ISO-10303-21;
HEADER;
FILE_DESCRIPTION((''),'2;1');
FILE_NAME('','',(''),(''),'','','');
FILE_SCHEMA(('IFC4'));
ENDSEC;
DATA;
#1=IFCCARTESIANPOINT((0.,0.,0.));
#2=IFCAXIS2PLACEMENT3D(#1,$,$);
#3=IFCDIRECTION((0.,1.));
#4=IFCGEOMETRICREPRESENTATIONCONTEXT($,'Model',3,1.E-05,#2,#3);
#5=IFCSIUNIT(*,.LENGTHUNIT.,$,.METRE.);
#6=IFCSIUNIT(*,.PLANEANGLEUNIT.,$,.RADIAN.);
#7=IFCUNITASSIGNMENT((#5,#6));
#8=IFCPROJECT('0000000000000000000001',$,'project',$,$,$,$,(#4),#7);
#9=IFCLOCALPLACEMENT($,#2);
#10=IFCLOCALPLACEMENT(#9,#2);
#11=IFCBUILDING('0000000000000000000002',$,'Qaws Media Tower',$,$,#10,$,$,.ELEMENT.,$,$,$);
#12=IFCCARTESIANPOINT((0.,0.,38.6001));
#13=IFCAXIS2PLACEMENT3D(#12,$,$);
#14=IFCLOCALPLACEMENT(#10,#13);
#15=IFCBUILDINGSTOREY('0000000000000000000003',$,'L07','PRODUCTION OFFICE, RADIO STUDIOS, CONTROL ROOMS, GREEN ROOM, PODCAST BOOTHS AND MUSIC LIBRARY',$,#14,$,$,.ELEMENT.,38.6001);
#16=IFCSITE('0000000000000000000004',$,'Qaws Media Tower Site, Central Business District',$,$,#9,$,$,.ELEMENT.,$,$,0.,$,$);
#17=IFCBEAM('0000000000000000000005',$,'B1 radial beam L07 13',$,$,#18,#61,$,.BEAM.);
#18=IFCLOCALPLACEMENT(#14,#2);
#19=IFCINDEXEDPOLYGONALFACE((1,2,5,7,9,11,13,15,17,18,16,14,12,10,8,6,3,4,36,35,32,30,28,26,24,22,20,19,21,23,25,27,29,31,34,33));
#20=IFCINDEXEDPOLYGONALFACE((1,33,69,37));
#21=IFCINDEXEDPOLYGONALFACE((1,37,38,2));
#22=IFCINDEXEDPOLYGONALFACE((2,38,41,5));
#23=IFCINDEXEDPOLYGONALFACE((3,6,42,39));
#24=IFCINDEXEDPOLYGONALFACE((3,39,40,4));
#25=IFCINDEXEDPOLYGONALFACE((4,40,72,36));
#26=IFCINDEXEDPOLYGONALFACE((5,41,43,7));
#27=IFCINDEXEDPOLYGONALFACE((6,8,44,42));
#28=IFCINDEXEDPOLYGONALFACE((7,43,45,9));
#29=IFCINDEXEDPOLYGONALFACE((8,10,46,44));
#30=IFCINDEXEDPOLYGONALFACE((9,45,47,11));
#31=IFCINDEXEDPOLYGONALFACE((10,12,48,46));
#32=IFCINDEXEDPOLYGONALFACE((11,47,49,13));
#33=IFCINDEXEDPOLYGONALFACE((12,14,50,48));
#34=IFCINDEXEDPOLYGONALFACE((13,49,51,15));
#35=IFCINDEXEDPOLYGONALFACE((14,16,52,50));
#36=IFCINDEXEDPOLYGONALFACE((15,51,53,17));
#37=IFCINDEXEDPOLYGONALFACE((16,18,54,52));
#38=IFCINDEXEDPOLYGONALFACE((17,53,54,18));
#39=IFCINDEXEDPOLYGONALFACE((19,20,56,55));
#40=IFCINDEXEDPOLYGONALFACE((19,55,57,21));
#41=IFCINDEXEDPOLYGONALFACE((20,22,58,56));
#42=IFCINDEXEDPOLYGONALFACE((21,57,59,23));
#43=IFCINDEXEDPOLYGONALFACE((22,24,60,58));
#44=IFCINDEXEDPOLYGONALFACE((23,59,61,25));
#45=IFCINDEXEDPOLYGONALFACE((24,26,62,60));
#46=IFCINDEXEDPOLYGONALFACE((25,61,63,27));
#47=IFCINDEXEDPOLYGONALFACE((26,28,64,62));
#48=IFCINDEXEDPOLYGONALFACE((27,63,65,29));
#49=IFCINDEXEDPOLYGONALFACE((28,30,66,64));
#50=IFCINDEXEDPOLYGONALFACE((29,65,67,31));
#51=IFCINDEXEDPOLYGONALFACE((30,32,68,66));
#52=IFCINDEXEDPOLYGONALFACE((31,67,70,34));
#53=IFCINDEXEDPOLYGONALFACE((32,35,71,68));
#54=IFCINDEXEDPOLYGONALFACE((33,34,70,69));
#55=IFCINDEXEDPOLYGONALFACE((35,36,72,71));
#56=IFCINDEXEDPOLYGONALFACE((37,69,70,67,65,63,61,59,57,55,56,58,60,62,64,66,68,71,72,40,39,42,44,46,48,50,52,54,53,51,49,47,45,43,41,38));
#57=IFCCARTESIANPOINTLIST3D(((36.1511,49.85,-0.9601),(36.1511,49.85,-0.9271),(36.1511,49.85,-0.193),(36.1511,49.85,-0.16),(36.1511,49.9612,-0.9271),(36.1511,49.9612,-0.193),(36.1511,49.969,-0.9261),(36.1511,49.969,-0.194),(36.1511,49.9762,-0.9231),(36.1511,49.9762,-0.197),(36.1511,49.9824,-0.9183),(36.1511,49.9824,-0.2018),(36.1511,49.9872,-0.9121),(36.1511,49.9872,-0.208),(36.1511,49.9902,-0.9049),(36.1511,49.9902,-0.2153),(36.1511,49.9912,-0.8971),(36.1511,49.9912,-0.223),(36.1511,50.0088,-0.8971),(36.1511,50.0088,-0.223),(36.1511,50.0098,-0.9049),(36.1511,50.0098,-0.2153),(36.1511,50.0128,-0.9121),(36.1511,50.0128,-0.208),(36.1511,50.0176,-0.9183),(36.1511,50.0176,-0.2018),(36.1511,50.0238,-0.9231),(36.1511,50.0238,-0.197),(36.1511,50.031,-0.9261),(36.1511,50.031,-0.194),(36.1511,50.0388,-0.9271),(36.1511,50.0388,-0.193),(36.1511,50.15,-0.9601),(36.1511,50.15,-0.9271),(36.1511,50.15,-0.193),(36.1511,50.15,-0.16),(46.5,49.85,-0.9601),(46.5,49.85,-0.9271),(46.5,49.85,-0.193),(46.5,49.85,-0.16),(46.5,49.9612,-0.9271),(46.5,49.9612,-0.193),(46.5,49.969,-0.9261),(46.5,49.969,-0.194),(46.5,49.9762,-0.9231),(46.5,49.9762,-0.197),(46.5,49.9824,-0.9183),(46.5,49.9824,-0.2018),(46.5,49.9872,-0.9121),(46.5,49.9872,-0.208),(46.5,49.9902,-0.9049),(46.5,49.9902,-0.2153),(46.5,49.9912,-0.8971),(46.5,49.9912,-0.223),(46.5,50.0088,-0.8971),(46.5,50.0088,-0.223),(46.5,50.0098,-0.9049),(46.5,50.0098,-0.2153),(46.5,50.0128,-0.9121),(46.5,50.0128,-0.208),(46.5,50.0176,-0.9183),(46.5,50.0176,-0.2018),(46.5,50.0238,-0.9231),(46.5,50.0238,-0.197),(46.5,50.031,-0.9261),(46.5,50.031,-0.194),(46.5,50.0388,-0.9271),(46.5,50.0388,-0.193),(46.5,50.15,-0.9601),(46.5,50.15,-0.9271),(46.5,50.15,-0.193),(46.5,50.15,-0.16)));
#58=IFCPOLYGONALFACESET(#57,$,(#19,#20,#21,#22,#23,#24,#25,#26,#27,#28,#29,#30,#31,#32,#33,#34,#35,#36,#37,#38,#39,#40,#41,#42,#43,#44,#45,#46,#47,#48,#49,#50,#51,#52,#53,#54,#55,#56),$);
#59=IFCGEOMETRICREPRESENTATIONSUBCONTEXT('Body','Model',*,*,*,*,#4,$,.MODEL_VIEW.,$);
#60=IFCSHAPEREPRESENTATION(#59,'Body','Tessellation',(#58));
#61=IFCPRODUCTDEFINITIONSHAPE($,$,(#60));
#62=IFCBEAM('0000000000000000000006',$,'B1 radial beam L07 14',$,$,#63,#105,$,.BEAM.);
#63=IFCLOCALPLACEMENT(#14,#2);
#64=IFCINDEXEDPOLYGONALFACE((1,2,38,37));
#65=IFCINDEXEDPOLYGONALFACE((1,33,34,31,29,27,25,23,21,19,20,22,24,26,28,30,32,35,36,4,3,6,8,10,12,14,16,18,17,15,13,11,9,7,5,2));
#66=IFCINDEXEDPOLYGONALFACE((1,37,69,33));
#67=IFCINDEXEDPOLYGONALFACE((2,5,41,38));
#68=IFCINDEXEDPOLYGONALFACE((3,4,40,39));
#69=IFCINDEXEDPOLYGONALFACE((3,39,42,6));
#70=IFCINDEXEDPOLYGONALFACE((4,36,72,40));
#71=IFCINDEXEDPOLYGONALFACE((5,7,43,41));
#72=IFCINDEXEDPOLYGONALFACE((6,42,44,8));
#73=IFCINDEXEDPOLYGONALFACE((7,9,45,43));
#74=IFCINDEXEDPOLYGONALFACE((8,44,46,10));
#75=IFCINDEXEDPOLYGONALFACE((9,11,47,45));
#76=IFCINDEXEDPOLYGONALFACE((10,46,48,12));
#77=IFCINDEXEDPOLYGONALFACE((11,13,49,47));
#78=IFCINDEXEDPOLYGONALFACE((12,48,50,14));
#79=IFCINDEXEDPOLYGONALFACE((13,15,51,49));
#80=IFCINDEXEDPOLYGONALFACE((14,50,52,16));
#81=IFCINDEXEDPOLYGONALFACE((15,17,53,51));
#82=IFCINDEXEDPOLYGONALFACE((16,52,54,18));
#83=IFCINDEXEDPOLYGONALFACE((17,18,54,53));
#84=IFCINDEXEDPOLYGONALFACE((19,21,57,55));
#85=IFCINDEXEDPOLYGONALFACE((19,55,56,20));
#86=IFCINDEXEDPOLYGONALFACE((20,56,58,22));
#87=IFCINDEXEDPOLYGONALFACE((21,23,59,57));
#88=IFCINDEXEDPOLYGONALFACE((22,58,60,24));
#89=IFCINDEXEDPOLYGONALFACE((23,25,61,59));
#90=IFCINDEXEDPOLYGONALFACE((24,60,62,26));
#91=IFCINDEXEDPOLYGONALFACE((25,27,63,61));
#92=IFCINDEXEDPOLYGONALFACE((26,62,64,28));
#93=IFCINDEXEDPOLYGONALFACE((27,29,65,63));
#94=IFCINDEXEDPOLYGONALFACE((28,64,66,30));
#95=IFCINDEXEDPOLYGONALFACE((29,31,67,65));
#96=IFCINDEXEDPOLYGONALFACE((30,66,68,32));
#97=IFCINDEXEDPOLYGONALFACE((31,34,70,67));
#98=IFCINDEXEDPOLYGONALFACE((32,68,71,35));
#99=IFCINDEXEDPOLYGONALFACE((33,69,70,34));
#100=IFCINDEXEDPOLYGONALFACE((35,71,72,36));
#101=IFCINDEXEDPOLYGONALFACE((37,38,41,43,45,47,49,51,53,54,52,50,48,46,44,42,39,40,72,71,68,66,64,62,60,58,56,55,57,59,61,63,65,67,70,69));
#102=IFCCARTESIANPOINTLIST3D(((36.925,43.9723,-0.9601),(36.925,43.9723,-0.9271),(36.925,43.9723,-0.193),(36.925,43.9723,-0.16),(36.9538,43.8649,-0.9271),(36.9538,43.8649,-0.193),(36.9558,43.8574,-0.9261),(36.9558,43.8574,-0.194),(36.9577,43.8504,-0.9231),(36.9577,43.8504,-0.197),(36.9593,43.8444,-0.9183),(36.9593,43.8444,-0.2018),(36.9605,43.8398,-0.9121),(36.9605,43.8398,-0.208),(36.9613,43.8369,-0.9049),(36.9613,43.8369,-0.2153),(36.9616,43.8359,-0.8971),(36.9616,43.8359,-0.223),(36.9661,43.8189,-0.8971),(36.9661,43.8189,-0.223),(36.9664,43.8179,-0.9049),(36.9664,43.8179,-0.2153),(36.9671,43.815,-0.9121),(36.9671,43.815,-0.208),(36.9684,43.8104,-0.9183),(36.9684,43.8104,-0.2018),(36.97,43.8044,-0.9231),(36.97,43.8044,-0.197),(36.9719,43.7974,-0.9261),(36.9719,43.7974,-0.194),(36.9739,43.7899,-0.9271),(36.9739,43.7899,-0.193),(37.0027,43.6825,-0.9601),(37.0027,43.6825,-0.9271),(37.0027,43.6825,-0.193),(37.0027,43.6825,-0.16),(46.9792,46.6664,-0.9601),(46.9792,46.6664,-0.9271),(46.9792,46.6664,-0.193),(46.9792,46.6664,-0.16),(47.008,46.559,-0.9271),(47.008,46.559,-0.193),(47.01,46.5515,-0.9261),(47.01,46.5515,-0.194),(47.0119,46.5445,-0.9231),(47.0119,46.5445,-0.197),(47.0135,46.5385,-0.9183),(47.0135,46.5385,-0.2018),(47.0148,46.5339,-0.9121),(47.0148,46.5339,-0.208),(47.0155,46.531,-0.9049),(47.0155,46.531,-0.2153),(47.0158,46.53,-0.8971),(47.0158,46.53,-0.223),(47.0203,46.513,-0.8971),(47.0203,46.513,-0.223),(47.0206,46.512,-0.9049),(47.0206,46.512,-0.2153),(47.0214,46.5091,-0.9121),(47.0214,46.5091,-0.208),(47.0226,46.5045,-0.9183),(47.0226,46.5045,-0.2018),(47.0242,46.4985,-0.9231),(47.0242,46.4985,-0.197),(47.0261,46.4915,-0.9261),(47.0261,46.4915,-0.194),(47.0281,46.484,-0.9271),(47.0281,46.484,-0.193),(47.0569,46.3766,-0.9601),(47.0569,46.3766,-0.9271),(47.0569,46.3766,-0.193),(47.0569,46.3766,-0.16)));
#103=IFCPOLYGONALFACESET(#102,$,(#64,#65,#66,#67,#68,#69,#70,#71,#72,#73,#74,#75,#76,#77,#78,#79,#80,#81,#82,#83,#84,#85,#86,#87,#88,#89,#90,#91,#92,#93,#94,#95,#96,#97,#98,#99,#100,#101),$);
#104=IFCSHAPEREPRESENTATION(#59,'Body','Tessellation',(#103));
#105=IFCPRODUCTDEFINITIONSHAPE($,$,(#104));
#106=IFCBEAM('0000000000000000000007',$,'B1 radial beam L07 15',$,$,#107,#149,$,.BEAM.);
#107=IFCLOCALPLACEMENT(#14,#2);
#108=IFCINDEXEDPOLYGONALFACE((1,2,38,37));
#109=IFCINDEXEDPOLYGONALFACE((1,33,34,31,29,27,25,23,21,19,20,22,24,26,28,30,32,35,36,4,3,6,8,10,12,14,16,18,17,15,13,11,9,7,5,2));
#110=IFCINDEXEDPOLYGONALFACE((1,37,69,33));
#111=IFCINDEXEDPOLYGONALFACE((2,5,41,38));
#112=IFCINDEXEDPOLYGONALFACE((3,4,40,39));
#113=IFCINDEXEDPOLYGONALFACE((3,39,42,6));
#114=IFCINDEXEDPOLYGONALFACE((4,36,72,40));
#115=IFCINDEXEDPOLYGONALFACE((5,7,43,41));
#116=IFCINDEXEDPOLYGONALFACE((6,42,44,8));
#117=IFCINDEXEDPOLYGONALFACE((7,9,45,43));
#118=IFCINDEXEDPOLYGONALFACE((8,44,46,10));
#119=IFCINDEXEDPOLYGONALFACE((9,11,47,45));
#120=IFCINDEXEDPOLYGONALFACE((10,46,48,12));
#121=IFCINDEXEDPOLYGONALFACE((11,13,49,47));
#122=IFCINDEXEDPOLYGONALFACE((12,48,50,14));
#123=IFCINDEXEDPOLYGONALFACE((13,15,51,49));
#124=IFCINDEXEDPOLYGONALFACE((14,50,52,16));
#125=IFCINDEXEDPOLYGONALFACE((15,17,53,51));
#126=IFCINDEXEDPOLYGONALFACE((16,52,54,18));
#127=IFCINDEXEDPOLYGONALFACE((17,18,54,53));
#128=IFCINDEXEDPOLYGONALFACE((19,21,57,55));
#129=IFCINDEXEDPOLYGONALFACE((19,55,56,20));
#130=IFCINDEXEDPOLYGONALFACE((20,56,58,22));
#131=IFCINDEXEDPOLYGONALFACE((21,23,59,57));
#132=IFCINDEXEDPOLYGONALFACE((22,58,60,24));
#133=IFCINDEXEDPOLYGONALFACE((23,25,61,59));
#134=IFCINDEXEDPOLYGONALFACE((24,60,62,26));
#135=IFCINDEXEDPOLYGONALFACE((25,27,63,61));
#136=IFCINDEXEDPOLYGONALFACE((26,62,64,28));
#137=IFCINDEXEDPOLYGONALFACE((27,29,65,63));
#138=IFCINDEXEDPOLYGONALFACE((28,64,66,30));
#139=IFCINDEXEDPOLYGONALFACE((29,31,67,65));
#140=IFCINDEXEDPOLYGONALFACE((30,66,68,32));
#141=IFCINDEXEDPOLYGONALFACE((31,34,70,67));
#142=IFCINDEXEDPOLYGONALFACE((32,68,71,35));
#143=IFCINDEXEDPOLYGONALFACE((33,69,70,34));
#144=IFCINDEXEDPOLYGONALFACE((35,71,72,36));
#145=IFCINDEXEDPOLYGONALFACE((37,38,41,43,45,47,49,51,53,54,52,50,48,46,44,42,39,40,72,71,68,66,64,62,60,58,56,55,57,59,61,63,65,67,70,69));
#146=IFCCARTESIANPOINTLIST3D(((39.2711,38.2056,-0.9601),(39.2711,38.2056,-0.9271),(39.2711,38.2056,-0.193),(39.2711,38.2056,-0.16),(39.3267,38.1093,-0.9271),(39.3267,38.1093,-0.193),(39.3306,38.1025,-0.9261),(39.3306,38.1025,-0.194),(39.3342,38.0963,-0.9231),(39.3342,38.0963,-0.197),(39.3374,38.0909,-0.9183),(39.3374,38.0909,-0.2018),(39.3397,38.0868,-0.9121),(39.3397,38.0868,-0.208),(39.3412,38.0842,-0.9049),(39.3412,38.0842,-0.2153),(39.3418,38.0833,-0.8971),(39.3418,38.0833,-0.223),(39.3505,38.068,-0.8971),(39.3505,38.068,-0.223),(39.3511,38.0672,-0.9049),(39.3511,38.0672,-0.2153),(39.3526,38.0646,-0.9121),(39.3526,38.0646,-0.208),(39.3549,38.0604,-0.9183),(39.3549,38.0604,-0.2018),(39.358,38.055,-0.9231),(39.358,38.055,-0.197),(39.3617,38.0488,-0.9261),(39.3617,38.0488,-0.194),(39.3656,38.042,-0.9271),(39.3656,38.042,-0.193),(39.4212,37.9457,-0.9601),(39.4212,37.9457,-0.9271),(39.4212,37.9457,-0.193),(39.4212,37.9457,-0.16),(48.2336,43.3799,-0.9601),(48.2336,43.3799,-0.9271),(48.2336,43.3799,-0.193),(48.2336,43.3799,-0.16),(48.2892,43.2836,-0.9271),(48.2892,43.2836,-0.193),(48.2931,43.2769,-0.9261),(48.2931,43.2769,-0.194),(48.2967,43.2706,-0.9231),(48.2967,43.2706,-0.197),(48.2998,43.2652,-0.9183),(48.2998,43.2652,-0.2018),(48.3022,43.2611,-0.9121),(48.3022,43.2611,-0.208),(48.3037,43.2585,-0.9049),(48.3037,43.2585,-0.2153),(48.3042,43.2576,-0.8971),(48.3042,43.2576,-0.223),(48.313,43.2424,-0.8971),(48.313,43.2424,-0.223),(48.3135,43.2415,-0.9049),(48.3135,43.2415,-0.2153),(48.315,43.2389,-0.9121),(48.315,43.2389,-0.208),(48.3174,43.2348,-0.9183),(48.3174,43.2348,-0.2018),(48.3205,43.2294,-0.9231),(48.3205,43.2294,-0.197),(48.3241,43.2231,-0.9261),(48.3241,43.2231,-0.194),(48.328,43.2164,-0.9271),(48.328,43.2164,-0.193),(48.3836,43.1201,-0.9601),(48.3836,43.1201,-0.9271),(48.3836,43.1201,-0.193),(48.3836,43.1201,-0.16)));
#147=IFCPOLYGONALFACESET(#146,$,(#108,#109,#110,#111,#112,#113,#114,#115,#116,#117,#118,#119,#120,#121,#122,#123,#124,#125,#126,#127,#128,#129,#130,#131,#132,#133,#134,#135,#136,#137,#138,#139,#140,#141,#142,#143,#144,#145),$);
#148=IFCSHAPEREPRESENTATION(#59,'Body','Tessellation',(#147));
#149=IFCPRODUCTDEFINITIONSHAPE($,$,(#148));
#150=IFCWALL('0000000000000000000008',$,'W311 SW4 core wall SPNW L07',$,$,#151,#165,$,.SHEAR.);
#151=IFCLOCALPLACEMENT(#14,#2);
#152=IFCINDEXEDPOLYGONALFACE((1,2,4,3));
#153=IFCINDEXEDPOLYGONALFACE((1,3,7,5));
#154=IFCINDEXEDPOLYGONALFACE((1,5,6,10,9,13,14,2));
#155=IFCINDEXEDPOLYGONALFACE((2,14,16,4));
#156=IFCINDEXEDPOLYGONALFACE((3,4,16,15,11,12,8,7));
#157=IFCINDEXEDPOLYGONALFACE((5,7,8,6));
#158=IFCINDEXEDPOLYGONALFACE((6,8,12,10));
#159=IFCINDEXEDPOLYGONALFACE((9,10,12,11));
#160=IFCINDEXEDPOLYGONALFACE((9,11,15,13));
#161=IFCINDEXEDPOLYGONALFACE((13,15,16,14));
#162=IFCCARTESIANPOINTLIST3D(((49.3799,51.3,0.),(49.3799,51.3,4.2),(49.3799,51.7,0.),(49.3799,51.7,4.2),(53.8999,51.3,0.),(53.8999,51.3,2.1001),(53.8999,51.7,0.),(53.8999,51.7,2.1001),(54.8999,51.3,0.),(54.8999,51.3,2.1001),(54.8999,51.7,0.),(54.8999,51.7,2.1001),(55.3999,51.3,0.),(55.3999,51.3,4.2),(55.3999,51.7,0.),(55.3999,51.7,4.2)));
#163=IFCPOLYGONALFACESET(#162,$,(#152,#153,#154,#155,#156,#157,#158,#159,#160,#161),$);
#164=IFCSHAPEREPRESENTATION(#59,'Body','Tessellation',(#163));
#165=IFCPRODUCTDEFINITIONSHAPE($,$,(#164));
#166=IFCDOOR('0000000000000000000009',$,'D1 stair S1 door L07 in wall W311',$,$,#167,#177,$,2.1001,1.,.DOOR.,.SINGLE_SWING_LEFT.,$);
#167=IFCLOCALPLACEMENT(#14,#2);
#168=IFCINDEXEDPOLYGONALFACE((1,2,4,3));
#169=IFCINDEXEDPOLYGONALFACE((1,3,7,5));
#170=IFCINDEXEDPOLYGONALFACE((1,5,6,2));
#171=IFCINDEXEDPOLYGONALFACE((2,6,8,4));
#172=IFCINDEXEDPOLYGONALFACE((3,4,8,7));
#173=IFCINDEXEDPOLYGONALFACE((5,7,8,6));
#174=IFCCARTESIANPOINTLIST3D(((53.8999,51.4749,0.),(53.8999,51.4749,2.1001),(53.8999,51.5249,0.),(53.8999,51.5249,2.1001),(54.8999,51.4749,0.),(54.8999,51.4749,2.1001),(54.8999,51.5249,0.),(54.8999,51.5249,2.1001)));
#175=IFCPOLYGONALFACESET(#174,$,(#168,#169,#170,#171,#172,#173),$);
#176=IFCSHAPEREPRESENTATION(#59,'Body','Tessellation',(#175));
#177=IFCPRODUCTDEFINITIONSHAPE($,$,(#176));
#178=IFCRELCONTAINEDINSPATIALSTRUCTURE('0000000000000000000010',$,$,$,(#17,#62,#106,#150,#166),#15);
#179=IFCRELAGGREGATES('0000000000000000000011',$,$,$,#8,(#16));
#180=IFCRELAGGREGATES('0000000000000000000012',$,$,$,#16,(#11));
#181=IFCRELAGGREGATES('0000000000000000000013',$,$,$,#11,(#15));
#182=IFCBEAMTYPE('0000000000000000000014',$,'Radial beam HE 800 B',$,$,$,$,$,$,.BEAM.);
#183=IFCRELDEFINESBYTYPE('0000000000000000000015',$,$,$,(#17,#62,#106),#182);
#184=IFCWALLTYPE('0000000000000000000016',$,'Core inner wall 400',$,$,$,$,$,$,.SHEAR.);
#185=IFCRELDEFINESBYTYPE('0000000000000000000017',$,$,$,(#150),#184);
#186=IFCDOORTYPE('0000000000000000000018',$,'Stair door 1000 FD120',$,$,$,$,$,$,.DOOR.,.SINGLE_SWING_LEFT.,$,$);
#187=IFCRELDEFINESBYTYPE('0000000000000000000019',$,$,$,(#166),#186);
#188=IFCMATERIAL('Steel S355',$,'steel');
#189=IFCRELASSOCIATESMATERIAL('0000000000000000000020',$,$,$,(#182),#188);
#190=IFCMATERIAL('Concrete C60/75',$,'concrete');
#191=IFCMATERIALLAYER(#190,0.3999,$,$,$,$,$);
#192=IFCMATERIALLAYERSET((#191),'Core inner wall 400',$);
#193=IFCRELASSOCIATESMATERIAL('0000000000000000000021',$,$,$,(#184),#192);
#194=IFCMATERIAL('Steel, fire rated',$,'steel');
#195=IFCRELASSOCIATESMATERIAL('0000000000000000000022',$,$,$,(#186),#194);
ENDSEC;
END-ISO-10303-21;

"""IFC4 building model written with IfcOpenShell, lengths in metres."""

from ifc_helpers import new_model, si_unit, direction, frame, frame_2d, origin, origin_2d, place, context, subcontext, project, spatial, rectangle, i_section, extrude, material, layer, layer_set, material_profile, profile_set, type_object, element, fill, save


model = new_model("IFC4")

# Units and contexts
model_context = context("Model", 3, precision=1e-05, world=origin(), true_north=direction((0.0, 1.0)))
body_context = subcontext(model_context, "Body", "Model", "MODEL_VIEW")
ifc_project = project(units=[si_unit("LENGTHUNIT", "METRE"), si_unit("PLANEANGLEUNIT", "RADIAN")], contexts=[model_context])

# Site, building, storey
site_placement = place(None, origin())
site = spatial("IfcSite", under=ifc_project, at=site_placement, Name="Qaws Media Tower Site, Central Business District", CompositionType="ELEMENT", RefElevation=0.0)
building_placement = place(site_placement, origin())
building = spatial("IfcBuilding", under=site, at=building_placement, Name="Qaws Media Tower", CompositionType="ELEMENT")
storey_placement = place(building_placement, frame((0.0, 0.0, 38.6001)))
storey = spatial("IfcBuildingStorey", under=building, at=storey_placement, Name="L07", Description="PRODUCTION OFFICE, RADIO STUDIOS, CONTROL ROOMS, GREEN ROOM, PODCAST BOOTHS AND MUSIC LIBRARY", CompositionType="ELEMENT", Elevation=38.6001)

# Beams
ifc_material_1 = material(Name="Steel S355", Category="steel")
ifc_material_profile_1 = material_profile(ifc_material_1, i_section(OverallWidth=0.3, OverallDepth=0.8, WebThickness=0.0176, FlangeThickness=0.033, FilletRadius=0.03, at=origin_2d()), Name="HE 800 B")
ifc_profile_set_1 = profile_set([ifc_material_profile_1], Name="Steel S355")
beam_type_1 = type_object("IfcBeamType", Name="Radial beam HE 800 B", PredefinedType="BEAM", material=ifc_profile_set_1)
beam_1_placement = place(storey_placement, frame((46.5, 50.0, -0.5601), z_axis=(-1.0, 0.0, 0.0), x_axis=(0.0, -1.0, 0.0)))
element("IfcBeam", 1, at=beam_1_placement, inside=storey, type_object=beam_type_1, Name="B1 radial beam L07 13", PredefinedType="BEAM", context=body_context, shape_type="SweptSolid", body=[
    extrude(i_section(OverallWidth=0.3, OverallDepth=0.8, WebThickness=0.0176, FlangeThickness=0.033, FilletRadius=0.03, at=origin_2d()), origin(), (0.0, 0.0, 1.0), 10.3489),
])
beam_2_placement = place(storey_placement, frame((47.0181, 46.5215, -0.5601), z_axis=(-0.965924, -0.258826, 0.0), x_axis=(0.258826, -0.965924, 0.0)))
element("IfcBeam", 2, at=beam_2_placement, inside=storey, type_object=beam_type_1, Name="B1 radial beam L07 14", PredefinedType="BEAM", context=body_context, shape_type="SweptSolid", body=[
    extrude(i_section(OverallWidth=0.3, OverallDepth=0.8, WebThickness=0.0176, FlangeThickness=0.033, FilletRadius=0.03, at=origin_2d()), origin(), (0.0, 0.0, 1.0), 10.4089),
])
beam_3_placement = place(storey_placement, frame((48.3086, 43.25, -0.5601), z_axis=(-0.866031, -0.499991, 0.0), x_axis=(0.499991, -0.866031, 0.0)))
element("IfcBeam", 3, at=beam_3_placement, inside=storey, type_object=beam_type_1, Name="B1 radial beam L07 15", PredefinedType="BEAM", context=body_context, shape_type="SweptSolid", body=[
    extrude(i_section(OverallWidth=0.3, OverallDepth=0.8, WebThickness=0.0176, FlangeThickness=0.033, FilletRadius=0.03, at=origin_2d()), origin(), (0.0, 0.0, 1.0), 10.3489),
])

# Wall, opening, door
ifc_material_2 = material(Name="Concrete C60/75", Category="concrete")
ifc_layer_1 = layer(ifc_material_2, 0.3999)
ifc_layer_set_1 = layer_set([ifc_layer_1], Name="Core inner wall 400")
wall_type_1 = type_object("IfcWallType", Name="Core inner wall 400", PredefinedType="SHEAR", material=ifc_layer_set_1)
wall_1_placement = place(storey_placement, frame((49.3799, 51.5, 0.0), z_axis=(0.0, 0.0, 1.0), x_axis=(1.0, 0.0, 0.0)))
wall_1 = element("IfcWall", 4, at=wall_1_placement, inside=storey, type_object=wall_type_1, Name="W311 SW4 core wall SPNW L07", PredefinedType="SHEAR", context=body_context, shape_type="SweptSolid", body=[
    extrude(rectangle(XDim=6.02, YDim=0.3999, at=frame_2d((3.01, 0.0))), origin(), (0.0, 0.0, 1.0), 4.2),
])
opening_1_placement = place(wall_1_placement, frame((4.52, 0.0, 0.0)))
opening_1 = element("IfcOpeningElement", 5, at=opening_1_placement, cuts=wall_1, PredefinedType="OPENING", context=body_context, shape_type="SweptSolid", body=[
    extrude(rectangle(XDim=1.0, YDim=2.1001, at=frame_2d((0.5, 1.05))), frame((0.0, 0.21, 0.0), z_axis=(0.0, -1.0, 0.0), x_axis=(1.0, 0.0, 0.0)), (0.0, 0.0, 1.0), 0.4199),
])
ifc_material_3 = material(Name="Steel, fire rated", Category="steel")
door_type_1 = type_object("IfcDoorType", Name="Stair door 1000 FD120", OperationType="SINGLE_SWING_LEFT", PredefinedType="DOOR", material=ifc_material_3)
door_1_placement = place(opening_1_placement, origin())
door_1 = element("IfcDoor", 6, at=door_1_placement, inside=storey, type_object=door_type_1, Name="D1 stair S1 door L07 in wall W311", OperationType="SINGLE_SWING_LEFT", OverallHeight=2.1001, OverallWidth=1.0, PredefinedType="DOOR", context=body_context, shape_type="SweptSolid", body=[
    extrude(rectangle(XDim=1.0, YDim=2.1001, at=frame_2d((0.5, 1.05))), frame((0.0, 0.0249, 0.0), z_axis=(0.0, -1.0, 0.0), x_axis=(1.0, 0.0, 0.0)), (0.0, 0.0, 1.0), 0.05),
])
fill(opening_1, door_1)

save(model, "model.ifc")
